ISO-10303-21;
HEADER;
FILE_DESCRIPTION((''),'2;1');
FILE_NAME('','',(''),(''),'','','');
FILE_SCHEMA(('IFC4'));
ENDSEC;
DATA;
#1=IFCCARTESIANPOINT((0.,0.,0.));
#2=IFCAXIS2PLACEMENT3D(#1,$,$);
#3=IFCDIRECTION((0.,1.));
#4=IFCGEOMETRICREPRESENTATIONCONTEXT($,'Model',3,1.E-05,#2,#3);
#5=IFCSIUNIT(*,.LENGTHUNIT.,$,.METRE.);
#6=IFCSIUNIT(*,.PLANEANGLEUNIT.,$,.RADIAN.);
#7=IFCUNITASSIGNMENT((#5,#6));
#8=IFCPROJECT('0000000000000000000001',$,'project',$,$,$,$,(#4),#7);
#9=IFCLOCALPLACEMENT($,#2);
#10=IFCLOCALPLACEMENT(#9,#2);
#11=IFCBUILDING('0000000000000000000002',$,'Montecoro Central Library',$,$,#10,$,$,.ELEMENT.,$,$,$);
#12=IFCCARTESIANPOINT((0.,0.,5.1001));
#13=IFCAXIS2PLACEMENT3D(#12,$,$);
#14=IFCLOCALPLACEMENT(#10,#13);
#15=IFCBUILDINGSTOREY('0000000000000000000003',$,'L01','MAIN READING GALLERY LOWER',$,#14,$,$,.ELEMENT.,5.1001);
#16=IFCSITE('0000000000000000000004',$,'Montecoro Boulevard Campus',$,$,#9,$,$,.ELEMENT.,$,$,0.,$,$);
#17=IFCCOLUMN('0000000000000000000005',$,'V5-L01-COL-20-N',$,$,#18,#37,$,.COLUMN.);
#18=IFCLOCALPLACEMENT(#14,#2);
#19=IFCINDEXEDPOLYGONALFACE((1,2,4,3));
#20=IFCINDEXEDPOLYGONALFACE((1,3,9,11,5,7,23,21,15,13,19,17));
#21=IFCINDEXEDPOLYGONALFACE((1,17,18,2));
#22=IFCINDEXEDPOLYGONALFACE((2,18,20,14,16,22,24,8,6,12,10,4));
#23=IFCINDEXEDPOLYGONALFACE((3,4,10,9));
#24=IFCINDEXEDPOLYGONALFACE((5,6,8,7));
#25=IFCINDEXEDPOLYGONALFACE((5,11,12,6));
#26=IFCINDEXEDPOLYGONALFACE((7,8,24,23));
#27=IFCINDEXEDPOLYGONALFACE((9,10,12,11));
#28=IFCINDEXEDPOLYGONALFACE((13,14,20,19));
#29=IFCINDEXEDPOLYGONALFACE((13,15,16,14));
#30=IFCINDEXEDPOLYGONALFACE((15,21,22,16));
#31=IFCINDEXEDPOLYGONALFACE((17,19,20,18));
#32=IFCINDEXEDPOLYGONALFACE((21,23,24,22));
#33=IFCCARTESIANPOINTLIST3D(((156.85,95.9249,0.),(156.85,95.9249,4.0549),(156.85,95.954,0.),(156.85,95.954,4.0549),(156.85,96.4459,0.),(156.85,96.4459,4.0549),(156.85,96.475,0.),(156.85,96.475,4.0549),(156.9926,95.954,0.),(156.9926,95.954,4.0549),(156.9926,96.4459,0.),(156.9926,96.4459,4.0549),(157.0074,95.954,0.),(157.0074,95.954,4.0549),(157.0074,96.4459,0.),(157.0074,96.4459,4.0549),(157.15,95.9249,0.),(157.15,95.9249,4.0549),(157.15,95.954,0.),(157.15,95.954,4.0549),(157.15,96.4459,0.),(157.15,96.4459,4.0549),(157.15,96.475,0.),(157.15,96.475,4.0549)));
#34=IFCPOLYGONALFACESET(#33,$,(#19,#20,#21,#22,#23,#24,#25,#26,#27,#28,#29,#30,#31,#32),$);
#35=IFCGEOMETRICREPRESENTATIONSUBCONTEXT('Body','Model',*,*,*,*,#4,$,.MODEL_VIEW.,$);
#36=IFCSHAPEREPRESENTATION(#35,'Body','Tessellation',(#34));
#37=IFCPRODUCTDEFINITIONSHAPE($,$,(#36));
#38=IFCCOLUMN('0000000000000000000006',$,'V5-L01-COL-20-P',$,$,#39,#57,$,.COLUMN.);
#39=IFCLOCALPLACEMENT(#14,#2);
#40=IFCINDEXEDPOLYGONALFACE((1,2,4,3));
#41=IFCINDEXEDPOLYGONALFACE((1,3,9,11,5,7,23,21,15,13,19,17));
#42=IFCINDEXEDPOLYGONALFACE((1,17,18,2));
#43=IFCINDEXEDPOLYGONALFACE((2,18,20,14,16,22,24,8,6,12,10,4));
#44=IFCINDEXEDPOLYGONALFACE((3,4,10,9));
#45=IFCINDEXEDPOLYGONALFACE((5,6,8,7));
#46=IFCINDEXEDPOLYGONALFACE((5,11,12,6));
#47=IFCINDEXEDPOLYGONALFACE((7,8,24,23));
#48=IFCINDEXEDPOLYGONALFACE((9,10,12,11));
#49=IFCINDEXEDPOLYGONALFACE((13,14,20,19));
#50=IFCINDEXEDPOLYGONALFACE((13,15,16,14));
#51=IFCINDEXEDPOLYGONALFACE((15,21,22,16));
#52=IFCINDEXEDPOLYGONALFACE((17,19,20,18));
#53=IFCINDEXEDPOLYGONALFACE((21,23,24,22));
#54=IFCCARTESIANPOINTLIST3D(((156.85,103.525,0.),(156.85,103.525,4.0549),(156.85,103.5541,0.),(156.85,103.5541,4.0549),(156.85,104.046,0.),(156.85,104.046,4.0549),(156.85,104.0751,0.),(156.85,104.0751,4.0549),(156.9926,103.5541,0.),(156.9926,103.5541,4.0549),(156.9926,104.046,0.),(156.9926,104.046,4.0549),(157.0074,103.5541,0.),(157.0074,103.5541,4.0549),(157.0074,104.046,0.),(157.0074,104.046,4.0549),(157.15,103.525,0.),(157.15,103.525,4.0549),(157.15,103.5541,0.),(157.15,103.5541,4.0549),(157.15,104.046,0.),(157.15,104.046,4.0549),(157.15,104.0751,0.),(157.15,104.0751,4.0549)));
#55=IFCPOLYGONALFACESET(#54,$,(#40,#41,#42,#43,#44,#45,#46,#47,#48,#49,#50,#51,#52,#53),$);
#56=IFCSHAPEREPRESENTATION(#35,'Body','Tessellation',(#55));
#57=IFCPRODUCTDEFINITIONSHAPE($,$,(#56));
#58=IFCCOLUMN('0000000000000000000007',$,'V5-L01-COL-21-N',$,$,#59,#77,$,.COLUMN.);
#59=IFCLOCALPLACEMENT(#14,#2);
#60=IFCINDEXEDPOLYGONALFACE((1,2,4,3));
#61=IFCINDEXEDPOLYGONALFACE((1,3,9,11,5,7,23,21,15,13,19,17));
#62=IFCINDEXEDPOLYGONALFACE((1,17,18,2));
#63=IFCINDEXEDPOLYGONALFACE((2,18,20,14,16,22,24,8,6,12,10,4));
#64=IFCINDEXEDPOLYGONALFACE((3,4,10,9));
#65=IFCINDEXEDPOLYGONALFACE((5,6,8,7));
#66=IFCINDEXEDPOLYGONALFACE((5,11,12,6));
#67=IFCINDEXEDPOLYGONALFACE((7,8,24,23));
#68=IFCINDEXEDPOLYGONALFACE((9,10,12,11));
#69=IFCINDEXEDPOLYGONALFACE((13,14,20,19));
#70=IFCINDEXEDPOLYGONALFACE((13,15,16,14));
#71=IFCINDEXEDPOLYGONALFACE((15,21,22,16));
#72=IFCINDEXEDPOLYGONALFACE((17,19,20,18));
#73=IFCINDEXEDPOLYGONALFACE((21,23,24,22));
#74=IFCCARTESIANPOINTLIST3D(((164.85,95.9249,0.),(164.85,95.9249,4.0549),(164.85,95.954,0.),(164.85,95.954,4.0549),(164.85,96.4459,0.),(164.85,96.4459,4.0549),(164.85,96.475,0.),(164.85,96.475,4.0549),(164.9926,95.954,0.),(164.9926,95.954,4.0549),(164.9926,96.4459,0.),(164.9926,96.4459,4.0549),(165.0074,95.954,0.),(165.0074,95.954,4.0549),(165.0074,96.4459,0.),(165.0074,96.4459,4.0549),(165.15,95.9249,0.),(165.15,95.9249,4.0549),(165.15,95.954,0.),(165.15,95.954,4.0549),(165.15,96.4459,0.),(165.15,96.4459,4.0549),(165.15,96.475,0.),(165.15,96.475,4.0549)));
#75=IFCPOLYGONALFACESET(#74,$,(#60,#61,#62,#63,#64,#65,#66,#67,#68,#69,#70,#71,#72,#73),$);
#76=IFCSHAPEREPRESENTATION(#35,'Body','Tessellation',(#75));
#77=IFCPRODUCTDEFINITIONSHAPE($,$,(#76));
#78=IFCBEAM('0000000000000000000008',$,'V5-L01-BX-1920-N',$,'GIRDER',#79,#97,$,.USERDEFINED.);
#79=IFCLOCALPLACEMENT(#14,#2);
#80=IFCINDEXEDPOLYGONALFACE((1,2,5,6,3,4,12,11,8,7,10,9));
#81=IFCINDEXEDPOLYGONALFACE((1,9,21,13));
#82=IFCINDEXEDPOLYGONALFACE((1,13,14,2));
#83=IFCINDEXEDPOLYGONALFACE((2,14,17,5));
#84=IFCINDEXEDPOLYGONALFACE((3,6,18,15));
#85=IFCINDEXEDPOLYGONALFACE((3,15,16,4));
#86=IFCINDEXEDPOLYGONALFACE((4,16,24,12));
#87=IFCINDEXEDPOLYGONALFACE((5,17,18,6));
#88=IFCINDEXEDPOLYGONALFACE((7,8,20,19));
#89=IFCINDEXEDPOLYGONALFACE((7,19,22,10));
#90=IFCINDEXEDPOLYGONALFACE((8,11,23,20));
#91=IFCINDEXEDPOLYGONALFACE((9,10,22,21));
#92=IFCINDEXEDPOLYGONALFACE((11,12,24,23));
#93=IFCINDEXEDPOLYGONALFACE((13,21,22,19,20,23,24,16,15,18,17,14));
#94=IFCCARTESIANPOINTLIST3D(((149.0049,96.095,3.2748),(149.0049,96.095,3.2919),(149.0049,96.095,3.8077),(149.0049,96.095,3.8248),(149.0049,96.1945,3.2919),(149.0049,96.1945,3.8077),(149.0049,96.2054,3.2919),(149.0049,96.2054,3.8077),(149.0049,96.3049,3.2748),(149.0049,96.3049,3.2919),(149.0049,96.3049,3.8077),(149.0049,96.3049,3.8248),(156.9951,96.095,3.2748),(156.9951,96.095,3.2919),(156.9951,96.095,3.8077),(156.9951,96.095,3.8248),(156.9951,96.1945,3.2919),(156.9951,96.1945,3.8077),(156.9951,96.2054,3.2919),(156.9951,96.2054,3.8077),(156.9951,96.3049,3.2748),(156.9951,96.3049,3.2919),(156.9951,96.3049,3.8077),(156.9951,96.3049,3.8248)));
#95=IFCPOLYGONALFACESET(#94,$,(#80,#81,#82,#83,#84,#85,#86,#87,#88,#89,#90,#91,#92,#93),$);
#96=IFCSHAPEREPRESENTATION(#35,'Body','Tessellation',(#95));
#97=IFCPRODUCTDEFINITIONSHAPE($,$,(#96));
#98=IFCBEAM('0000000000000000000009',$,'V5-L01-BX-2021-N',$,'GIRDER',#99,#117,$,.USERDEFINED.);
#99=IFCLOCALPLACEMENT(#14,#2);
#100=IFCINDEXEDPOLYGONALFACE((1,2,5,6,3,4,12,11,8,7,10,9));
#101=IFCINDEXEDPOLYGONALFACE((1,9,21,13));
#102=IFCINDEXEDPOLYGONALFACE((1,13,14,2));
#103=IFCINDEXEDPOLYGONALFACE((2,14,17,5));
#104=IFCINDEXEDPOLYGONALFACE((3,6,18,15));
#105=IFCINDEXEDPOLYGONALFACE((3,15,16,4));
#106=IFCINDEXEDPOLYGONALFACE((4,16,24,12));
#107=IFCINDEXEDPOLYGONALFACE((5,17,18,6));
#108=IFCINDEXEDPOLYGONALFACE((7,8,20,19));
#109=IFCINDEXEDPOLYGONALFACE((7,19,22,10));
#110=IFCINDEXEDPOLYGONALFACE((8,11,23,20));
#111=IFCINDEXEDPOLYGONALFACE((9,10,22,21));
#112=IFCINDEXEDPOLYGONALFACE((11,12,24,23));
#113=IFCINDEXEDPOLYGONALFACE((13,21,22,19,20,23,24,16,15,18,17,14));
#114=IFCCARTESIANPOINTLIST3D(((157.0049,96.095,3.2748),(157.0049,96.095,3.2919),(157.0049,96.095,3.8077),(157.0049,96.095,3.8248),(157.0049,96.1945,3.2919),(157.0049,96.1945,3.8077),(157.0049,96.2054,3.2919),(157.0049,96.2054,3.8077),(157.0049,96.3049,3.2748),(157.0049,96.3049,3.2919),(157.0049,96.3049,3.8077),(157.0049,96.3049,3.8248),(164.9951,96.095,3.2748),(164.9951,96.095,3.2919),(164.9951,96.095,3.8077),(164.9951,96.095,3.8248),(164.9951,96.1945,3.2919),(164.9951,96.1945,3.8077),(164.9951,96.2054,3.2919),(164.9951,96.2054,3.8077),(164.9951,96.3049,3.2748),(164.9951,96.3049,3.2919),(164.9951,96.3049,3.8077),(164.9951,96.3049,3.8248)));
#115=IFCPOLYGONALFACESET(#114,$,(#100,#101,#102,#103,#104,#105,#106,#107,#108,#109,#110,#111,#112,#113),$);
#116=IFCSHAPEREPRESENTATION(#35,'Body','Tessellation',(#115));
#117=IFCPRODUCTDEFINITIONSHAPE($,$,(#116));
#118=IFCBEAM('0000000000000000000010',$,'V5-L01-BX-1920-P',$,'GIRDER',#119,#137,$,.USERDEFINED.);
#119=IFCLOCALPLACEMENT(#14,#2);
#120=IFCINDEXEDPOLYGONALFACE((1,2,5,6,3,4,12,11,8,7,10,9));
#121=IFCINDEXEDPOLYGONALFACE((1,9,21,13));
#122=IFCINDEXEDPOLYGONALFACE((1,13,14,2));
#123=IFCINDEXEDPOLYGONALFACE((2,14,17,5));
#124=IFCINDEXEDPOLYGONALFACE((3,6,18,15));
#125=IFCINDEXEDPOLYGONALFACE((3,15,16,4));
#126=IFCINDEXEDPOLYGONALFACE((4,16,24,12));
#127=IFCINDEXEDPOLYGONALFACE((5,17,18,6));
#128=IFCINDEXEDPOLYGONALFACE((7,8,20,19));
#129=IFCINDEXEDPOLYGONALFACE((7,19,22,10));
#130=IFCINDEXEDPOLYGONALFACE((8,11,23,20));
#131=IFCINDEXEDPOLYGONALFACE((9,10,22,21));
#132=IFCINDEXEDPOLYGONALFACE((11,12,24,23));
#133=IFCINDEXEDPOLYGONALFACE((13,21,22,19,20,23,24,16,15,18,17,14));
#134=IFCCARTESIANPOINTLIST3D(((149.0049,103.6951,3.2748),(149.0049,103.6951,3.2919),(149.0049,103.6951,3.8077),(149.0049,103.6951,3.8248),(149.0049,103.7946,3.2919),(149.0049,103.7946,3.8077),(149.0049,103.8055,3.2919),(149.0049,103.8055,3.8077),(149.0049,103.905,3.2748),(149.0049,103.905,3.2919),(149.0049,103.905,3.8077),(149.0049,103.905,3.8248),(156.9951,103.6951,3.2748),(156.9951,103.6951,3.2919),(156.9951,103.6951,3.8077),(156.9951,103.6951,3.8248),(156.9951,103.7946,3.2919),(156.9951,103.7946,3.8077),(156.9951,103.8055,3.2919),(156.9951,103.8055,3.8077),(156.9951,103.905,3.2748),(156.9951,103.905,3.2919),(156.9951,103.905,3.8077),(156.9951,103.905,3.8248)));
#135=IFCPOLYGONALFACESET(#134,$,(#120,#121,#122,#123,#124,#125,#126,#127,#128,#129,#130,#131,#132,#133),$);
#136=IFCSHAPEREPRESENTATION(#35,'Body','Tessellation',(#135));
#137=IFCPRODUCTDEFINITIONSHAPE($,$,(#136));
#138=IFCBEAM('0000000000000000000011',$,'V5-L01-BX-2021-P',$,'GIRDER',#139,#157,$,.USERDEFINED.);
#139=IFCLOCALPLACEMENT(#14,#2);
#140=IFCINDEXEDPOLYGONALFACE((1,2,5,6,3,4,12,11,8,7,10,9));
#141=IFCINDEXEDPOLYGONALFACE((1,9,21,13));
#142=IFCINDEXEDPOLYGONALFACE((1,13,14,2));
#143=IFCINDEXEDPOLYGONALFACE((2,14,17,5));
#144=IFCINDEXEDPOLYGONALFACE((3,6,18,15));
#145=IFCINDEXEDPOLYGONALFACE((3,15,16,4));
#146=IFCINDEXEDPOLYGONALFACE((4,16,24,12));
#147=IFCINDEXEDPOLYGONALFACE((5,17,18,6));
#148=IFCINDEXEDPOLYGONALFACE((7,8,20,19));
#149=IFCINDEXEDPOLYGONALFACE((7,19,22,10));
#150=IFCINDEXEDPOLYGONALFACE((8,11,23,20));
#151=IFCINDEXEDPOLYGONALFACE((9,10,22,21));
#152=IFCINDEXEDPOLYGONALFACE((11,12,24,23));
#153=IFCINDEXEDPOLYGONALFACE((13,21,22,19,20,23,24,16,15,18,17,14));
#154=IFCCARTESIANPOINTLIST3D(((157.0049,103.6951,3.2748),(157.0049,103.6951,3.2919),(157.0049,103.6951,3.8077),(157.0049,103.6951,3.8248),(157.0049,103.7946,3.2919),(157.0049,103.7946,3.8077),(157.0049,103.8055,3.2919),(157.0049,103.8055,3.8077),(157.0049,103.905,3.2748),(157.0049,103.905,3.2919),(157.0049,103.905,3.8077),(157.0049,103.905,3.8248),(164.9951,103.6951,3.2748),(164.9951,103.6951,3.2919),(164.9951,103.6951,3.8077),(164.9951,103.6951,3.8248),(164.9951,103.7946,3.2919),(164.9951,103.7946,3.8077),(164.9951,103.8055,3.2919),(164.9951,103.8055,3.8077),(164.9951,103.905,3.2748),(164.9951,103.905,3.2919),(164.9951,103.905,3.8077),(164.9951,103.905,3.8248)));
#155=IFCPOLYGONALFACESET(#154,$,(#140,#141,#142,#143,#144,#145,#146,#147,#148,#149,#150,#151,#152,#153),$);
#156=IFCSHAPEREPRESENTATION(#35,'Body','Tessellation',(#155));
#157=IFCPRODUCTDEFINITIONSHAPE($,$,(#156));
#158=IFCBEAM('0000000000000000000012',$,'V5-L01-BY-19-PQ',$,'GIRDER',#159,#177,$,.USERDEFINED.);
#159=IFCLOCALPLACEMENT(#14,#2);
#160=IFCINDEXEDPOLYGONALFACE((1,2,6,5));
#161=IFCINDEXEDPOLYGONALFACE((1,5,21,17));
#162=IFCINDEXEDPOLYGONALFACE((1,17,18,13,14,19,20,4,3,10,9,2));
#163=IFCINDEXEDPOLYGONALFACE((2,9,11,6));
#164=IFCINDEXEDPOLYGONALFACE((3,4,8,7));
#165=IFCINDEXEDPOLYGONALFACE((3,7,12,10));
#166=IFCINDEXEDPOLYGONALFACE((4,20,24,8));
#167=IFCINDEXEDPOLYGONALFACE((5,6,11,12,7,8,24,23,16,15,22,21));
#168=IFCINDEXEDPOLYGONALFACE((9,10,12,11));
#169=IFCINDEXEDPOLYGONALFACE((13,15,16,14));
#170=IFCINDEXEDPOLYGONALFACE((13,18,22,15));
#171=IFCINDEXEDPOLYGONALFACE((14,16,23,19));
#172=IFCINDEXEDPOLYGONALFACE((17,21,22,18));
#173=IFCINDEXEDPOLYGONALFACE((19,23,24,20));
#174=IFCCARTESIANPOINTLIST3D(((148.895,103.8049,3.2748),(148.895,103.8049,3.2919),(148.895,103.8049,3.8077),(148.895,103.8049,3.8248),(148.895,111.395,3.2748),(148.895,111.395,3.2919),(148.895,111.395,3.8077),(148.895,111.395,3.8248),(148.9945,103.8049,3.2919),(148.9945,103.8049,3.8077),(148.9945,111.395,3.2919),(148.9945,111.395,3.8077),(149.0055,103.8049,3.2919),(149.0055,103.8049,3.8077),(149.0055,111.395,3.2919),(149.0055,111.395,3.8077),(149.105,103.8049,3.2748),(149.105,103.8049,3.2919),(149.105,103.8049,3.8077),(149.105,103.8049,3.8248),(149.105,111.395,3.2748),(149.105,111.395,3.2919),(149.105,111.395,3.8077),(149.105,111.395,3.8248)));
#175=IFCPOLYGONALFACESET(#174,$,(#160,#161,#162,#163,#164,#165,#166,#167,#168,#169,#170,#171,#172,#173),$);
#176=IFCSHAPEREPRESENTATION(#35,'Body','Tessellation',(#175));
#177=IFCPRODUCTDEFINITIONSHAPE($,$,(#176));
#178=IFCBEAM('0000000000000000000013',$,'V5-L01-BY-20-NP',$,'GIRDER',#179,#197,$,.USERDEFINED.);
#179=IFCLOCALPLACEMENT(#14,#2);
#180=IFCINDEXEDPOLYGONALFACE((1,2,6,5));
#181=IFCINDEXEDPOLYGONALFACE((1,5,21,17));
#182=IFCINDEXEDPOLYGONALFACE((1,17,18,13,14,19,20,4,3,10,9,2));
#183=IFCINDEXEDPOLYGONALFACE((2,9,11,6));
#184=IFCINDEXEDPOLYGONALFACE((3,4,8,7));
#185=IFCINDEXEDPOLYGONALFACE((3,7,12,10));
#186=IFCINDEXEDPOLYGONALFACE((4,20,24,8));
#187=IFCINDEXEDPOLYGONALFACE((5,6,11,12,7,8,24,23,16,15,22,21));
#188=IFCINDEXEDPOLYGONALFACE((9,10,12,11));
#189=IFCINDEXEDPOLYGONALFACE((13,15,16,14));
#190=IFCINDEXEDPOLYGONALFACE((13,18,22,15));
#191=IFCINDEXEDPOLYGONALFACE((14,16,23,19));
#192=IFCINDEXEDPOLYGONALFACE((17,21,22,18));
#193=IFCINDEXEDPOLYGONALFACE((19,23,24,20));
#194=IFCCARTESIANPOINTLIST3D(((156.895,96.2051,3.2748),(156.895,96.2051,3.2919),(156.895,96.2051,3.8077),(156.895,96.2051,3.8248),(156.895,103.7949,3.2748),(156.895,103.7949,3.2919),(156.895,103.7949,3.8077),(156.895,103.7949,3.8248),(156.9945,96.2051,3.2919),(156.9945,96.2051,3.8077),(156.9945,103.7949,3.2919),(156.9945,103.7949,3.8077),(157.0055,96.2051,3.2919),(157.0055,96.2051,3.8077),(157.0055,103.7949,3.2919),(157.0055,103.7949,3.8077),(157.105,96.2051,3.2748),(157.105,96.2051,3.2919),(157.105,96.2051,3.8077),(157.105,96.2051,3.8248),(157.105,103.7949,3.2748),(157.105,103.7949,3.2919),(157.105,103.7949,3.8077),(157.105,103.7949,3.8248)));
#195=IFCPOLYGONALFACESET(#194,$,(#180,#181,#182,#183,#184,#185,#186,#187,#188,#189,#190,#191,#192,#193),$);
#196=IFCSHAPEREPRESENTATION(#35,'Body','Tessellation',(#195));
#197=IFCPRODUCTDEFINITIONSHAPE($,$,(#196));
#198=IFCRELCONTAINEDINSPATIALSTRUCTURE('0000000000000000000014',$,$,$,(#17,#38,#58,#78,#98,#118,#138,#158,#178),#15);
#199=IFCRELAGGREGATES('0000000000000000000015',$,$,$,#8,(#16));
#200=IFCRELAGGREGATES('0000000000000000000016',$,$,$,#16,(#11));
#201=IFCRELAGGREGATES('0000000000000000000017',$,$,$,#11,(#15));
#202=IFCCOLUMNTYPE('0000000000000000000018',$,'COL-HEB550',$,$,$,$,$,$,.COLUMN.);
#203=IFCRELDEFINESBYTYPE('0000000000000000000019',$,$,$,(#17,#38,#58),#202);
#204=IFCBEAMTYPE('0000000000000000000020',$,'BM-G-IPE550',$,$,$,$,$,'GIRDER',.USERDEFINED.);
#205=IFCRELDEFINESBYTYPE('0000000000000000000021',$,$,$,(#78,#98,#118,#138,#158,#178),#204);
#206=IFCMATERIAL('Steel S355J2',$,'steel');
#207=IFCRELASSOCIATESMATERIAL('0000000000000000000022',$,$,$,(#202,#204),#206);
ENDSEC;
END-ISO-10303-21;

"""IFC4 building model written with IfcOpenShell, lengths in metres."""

from ifc_helpers import new_model, si_unit, direction, frame, origin, origin_2d, place, context, subcontext, project, spatial, i_section, extrude, material, material_profile, profile_set, type_object, element, save


model = new_model("IFC4")

# Units and contexts
model_context = context("Model", 3, precision=1e-05, world=origin(), true_north=direction((0.0, 1.0)))
body_context = subcontext(model_context, "Body", "Model", "MODEL_VIEW")
ifc_project = project(units=[si_unit("LENGTHUNIT", "METRE"), si_unit("PLANEANGLEUNIT", "RADIAN")], contexts=[model_context])

# Site, building, storey
site_placement = place(None, origin())
site = spatial("IfcSite", under=ifc_project, at=site_placement, Name="Montecoro Boulevard Campus", CompositionType="ELEMENT", RefElevation=0.0)
building_placement = place(site_placement, origin())
building = spatial("IfcBuilding", under=site, at=building_placement, Name="Montecoro Central Library", CompositionType="ELEMENT")
storey_placement = place(building_placement, frame((0.0, 0.0, 5.1001)))
storey = spatial("IfcBuildingStorey", under=building, at=storey_placement, Name="L01", Description="MAIN READING GALLERY LOWER", CompositionType="ELEMENT", Elevation=5.1001)

# Columns
ifc_material_1 = material(Name="Steel S355J2", Category="steel")
ifc_material_profile_1 = material_profile(ifc_material_1, i_section(OverallWidth=0.3, OverallDepth=0.55, WebThickness=0.0149, FlangeThickness=0.0291, at=origin_2d()), Name="HEB 550")
ifc_profile_set_1 = profile_set([ifc_material_profile_1], Name="Steel S355J2")
column_type = type_object("IfcColumnType", Name="COL-HEB550", PredefinedType="COLUMN", material=ifc_profile_set_1)
for number, where, z_axis, x_axis, name in (
    (1, (157.0, 96.2, 0.0), (0.0, 0.0, 1.0), (1.0, 0.0, 0.0), "V5-L01-COL-20-N"),
    (2, (157.0, 103.8, 0.0), (0.0, 0.0, 1.0), (1.0, 0.0, 0.0), "V5-L01-COL-20-P"),
    (3, (165.0, 96.2, 0.0), (0.0, 0.0, 1.0), (1.0, 0.0, 0.0), "V5-L01-COL-21-N"),
):
    element("IfcColumn", number, at=place(storey_placement, frame(where, z_axis=z_axis, x_axis=x_axis)), inside=storey, type_object=column_type, Name=name, PredefinedType="COLUMN", context=body_context, shape_type="SweptSolid", body=[
        extrude(i_section(OverallWidth=0.3, OverallDepth=0.55, WebThickness=0.0149, FlangeThickness=0.0291, at=origin_2d()), origin(), (0.0, 0.0, 1.0), 4.0549),
    ])

# Beams
ifc_material_profile_2 = material_profile(ifc_material_1, i_section(OverallWidth=0.21, OverallDepth=0.55, WebThickness=0.011, FlangeThickness=0.0171, at=origin_2d()), Name="IPE 550")
ifc_profile_set_2 = profile_set([ifc_material_profile_2], Name="Steel S355J2")
beam_type_1 = type_object("IfcBeamType", Name="BM-G-IPE550", ElementType="GIRDER", PredefinedType="USERDEFINED", material=ifc_profile_set_2)
for number, where, z_axis, x_axis, name in (
    (4, (149.0049, 96.2, 3.5498), (1.0, 0.0, 0.0), (0.0, 1.0, 0.0), "V5-L01-BX-1920-N"),
    (5, (157.0049, 96.2, 3.5498), (1.0, 0.0, 0.0), (0.0, 1.0, 0.0), "V5-L01-BX-2021-N"),
    (6, (149.0049, 103.8, 3.5498), (1.0, 0.0, 0.0), (0.0, 1.0, 0.0), "V5-L01-BX-1920-P"),
    (7, (157.0049, 103.8, 3.5498), (1.0, 0.0, 0.0), (0.0, 1.0, 0.0), "V5-L01-BX-2021-P"),
):
    element("IfcBeam", number, at=place(storey_placement, frame(where, z_axis=z_axis, x_axis=x_axis)), inside=storey, type_object=beam_type_1, Name=name, ObjectType="GIRDER", PredefinedType="USERDEFINED", context=body_context, shape_type="SweptSolid", body=[
        extrude(i_section(OverallWidth=0.21, OverallDepth=0.55, WebThickness=0.011, FlangeThickness=0.0171, at=origin_2d()), origin(), (0.0, 0.0, 1.0), 7.9902),
    ])
beam_1_placement = place(storey_placement, frame((149.0, 103.8049, 3.5498), z_axis=(0.0, 1.0, 0.0), x_axis=(-1.0, 0.0, 0.0)))
element("IfcBeam", 8, at=beam_1_placement, inside=storey, type_object=beam_type_1, Name="V5-L01-BY-19-PQ", ObjectType="GIRDER", PredefinedType="USERDEFINED", context=body_context, shape_type="SweptSolid", body=[
    extrude(i_section(OverallWidth=0.21, OverallDepth=0.55, WebThickness=0.011, FlangeThickness=0.0171, at=origin_2d()), origin(), (0.0, 0.0, 1.0), 7.5901),
])
beam_2_placement = place(storey_placement, frame((157.0, 96.2051, 3.5498), z_axis=(0.0, 1.0, 0.0), x_axis=(-1.0, 0.0, 0.0)))
element("IfcBeam", 9, at=beam_2_placement, inside=storey, type_object=beam_type_1, Name="V5-L01-BY-20-NP", ObjectType="GIRDER", PredefinedType="USERDEFINED", context=body_context, shape_type="SweptSolid", body=[
    extrude(i_section(OverallWidth=0.21, OverallDepth=0.55, WebThickness=0.011, FlangeThickness=0.0171, at=origin_2d()), origin(), (0.0, 0.0, 1.0), 7.5898),
])

save(model, "model.ifc")
